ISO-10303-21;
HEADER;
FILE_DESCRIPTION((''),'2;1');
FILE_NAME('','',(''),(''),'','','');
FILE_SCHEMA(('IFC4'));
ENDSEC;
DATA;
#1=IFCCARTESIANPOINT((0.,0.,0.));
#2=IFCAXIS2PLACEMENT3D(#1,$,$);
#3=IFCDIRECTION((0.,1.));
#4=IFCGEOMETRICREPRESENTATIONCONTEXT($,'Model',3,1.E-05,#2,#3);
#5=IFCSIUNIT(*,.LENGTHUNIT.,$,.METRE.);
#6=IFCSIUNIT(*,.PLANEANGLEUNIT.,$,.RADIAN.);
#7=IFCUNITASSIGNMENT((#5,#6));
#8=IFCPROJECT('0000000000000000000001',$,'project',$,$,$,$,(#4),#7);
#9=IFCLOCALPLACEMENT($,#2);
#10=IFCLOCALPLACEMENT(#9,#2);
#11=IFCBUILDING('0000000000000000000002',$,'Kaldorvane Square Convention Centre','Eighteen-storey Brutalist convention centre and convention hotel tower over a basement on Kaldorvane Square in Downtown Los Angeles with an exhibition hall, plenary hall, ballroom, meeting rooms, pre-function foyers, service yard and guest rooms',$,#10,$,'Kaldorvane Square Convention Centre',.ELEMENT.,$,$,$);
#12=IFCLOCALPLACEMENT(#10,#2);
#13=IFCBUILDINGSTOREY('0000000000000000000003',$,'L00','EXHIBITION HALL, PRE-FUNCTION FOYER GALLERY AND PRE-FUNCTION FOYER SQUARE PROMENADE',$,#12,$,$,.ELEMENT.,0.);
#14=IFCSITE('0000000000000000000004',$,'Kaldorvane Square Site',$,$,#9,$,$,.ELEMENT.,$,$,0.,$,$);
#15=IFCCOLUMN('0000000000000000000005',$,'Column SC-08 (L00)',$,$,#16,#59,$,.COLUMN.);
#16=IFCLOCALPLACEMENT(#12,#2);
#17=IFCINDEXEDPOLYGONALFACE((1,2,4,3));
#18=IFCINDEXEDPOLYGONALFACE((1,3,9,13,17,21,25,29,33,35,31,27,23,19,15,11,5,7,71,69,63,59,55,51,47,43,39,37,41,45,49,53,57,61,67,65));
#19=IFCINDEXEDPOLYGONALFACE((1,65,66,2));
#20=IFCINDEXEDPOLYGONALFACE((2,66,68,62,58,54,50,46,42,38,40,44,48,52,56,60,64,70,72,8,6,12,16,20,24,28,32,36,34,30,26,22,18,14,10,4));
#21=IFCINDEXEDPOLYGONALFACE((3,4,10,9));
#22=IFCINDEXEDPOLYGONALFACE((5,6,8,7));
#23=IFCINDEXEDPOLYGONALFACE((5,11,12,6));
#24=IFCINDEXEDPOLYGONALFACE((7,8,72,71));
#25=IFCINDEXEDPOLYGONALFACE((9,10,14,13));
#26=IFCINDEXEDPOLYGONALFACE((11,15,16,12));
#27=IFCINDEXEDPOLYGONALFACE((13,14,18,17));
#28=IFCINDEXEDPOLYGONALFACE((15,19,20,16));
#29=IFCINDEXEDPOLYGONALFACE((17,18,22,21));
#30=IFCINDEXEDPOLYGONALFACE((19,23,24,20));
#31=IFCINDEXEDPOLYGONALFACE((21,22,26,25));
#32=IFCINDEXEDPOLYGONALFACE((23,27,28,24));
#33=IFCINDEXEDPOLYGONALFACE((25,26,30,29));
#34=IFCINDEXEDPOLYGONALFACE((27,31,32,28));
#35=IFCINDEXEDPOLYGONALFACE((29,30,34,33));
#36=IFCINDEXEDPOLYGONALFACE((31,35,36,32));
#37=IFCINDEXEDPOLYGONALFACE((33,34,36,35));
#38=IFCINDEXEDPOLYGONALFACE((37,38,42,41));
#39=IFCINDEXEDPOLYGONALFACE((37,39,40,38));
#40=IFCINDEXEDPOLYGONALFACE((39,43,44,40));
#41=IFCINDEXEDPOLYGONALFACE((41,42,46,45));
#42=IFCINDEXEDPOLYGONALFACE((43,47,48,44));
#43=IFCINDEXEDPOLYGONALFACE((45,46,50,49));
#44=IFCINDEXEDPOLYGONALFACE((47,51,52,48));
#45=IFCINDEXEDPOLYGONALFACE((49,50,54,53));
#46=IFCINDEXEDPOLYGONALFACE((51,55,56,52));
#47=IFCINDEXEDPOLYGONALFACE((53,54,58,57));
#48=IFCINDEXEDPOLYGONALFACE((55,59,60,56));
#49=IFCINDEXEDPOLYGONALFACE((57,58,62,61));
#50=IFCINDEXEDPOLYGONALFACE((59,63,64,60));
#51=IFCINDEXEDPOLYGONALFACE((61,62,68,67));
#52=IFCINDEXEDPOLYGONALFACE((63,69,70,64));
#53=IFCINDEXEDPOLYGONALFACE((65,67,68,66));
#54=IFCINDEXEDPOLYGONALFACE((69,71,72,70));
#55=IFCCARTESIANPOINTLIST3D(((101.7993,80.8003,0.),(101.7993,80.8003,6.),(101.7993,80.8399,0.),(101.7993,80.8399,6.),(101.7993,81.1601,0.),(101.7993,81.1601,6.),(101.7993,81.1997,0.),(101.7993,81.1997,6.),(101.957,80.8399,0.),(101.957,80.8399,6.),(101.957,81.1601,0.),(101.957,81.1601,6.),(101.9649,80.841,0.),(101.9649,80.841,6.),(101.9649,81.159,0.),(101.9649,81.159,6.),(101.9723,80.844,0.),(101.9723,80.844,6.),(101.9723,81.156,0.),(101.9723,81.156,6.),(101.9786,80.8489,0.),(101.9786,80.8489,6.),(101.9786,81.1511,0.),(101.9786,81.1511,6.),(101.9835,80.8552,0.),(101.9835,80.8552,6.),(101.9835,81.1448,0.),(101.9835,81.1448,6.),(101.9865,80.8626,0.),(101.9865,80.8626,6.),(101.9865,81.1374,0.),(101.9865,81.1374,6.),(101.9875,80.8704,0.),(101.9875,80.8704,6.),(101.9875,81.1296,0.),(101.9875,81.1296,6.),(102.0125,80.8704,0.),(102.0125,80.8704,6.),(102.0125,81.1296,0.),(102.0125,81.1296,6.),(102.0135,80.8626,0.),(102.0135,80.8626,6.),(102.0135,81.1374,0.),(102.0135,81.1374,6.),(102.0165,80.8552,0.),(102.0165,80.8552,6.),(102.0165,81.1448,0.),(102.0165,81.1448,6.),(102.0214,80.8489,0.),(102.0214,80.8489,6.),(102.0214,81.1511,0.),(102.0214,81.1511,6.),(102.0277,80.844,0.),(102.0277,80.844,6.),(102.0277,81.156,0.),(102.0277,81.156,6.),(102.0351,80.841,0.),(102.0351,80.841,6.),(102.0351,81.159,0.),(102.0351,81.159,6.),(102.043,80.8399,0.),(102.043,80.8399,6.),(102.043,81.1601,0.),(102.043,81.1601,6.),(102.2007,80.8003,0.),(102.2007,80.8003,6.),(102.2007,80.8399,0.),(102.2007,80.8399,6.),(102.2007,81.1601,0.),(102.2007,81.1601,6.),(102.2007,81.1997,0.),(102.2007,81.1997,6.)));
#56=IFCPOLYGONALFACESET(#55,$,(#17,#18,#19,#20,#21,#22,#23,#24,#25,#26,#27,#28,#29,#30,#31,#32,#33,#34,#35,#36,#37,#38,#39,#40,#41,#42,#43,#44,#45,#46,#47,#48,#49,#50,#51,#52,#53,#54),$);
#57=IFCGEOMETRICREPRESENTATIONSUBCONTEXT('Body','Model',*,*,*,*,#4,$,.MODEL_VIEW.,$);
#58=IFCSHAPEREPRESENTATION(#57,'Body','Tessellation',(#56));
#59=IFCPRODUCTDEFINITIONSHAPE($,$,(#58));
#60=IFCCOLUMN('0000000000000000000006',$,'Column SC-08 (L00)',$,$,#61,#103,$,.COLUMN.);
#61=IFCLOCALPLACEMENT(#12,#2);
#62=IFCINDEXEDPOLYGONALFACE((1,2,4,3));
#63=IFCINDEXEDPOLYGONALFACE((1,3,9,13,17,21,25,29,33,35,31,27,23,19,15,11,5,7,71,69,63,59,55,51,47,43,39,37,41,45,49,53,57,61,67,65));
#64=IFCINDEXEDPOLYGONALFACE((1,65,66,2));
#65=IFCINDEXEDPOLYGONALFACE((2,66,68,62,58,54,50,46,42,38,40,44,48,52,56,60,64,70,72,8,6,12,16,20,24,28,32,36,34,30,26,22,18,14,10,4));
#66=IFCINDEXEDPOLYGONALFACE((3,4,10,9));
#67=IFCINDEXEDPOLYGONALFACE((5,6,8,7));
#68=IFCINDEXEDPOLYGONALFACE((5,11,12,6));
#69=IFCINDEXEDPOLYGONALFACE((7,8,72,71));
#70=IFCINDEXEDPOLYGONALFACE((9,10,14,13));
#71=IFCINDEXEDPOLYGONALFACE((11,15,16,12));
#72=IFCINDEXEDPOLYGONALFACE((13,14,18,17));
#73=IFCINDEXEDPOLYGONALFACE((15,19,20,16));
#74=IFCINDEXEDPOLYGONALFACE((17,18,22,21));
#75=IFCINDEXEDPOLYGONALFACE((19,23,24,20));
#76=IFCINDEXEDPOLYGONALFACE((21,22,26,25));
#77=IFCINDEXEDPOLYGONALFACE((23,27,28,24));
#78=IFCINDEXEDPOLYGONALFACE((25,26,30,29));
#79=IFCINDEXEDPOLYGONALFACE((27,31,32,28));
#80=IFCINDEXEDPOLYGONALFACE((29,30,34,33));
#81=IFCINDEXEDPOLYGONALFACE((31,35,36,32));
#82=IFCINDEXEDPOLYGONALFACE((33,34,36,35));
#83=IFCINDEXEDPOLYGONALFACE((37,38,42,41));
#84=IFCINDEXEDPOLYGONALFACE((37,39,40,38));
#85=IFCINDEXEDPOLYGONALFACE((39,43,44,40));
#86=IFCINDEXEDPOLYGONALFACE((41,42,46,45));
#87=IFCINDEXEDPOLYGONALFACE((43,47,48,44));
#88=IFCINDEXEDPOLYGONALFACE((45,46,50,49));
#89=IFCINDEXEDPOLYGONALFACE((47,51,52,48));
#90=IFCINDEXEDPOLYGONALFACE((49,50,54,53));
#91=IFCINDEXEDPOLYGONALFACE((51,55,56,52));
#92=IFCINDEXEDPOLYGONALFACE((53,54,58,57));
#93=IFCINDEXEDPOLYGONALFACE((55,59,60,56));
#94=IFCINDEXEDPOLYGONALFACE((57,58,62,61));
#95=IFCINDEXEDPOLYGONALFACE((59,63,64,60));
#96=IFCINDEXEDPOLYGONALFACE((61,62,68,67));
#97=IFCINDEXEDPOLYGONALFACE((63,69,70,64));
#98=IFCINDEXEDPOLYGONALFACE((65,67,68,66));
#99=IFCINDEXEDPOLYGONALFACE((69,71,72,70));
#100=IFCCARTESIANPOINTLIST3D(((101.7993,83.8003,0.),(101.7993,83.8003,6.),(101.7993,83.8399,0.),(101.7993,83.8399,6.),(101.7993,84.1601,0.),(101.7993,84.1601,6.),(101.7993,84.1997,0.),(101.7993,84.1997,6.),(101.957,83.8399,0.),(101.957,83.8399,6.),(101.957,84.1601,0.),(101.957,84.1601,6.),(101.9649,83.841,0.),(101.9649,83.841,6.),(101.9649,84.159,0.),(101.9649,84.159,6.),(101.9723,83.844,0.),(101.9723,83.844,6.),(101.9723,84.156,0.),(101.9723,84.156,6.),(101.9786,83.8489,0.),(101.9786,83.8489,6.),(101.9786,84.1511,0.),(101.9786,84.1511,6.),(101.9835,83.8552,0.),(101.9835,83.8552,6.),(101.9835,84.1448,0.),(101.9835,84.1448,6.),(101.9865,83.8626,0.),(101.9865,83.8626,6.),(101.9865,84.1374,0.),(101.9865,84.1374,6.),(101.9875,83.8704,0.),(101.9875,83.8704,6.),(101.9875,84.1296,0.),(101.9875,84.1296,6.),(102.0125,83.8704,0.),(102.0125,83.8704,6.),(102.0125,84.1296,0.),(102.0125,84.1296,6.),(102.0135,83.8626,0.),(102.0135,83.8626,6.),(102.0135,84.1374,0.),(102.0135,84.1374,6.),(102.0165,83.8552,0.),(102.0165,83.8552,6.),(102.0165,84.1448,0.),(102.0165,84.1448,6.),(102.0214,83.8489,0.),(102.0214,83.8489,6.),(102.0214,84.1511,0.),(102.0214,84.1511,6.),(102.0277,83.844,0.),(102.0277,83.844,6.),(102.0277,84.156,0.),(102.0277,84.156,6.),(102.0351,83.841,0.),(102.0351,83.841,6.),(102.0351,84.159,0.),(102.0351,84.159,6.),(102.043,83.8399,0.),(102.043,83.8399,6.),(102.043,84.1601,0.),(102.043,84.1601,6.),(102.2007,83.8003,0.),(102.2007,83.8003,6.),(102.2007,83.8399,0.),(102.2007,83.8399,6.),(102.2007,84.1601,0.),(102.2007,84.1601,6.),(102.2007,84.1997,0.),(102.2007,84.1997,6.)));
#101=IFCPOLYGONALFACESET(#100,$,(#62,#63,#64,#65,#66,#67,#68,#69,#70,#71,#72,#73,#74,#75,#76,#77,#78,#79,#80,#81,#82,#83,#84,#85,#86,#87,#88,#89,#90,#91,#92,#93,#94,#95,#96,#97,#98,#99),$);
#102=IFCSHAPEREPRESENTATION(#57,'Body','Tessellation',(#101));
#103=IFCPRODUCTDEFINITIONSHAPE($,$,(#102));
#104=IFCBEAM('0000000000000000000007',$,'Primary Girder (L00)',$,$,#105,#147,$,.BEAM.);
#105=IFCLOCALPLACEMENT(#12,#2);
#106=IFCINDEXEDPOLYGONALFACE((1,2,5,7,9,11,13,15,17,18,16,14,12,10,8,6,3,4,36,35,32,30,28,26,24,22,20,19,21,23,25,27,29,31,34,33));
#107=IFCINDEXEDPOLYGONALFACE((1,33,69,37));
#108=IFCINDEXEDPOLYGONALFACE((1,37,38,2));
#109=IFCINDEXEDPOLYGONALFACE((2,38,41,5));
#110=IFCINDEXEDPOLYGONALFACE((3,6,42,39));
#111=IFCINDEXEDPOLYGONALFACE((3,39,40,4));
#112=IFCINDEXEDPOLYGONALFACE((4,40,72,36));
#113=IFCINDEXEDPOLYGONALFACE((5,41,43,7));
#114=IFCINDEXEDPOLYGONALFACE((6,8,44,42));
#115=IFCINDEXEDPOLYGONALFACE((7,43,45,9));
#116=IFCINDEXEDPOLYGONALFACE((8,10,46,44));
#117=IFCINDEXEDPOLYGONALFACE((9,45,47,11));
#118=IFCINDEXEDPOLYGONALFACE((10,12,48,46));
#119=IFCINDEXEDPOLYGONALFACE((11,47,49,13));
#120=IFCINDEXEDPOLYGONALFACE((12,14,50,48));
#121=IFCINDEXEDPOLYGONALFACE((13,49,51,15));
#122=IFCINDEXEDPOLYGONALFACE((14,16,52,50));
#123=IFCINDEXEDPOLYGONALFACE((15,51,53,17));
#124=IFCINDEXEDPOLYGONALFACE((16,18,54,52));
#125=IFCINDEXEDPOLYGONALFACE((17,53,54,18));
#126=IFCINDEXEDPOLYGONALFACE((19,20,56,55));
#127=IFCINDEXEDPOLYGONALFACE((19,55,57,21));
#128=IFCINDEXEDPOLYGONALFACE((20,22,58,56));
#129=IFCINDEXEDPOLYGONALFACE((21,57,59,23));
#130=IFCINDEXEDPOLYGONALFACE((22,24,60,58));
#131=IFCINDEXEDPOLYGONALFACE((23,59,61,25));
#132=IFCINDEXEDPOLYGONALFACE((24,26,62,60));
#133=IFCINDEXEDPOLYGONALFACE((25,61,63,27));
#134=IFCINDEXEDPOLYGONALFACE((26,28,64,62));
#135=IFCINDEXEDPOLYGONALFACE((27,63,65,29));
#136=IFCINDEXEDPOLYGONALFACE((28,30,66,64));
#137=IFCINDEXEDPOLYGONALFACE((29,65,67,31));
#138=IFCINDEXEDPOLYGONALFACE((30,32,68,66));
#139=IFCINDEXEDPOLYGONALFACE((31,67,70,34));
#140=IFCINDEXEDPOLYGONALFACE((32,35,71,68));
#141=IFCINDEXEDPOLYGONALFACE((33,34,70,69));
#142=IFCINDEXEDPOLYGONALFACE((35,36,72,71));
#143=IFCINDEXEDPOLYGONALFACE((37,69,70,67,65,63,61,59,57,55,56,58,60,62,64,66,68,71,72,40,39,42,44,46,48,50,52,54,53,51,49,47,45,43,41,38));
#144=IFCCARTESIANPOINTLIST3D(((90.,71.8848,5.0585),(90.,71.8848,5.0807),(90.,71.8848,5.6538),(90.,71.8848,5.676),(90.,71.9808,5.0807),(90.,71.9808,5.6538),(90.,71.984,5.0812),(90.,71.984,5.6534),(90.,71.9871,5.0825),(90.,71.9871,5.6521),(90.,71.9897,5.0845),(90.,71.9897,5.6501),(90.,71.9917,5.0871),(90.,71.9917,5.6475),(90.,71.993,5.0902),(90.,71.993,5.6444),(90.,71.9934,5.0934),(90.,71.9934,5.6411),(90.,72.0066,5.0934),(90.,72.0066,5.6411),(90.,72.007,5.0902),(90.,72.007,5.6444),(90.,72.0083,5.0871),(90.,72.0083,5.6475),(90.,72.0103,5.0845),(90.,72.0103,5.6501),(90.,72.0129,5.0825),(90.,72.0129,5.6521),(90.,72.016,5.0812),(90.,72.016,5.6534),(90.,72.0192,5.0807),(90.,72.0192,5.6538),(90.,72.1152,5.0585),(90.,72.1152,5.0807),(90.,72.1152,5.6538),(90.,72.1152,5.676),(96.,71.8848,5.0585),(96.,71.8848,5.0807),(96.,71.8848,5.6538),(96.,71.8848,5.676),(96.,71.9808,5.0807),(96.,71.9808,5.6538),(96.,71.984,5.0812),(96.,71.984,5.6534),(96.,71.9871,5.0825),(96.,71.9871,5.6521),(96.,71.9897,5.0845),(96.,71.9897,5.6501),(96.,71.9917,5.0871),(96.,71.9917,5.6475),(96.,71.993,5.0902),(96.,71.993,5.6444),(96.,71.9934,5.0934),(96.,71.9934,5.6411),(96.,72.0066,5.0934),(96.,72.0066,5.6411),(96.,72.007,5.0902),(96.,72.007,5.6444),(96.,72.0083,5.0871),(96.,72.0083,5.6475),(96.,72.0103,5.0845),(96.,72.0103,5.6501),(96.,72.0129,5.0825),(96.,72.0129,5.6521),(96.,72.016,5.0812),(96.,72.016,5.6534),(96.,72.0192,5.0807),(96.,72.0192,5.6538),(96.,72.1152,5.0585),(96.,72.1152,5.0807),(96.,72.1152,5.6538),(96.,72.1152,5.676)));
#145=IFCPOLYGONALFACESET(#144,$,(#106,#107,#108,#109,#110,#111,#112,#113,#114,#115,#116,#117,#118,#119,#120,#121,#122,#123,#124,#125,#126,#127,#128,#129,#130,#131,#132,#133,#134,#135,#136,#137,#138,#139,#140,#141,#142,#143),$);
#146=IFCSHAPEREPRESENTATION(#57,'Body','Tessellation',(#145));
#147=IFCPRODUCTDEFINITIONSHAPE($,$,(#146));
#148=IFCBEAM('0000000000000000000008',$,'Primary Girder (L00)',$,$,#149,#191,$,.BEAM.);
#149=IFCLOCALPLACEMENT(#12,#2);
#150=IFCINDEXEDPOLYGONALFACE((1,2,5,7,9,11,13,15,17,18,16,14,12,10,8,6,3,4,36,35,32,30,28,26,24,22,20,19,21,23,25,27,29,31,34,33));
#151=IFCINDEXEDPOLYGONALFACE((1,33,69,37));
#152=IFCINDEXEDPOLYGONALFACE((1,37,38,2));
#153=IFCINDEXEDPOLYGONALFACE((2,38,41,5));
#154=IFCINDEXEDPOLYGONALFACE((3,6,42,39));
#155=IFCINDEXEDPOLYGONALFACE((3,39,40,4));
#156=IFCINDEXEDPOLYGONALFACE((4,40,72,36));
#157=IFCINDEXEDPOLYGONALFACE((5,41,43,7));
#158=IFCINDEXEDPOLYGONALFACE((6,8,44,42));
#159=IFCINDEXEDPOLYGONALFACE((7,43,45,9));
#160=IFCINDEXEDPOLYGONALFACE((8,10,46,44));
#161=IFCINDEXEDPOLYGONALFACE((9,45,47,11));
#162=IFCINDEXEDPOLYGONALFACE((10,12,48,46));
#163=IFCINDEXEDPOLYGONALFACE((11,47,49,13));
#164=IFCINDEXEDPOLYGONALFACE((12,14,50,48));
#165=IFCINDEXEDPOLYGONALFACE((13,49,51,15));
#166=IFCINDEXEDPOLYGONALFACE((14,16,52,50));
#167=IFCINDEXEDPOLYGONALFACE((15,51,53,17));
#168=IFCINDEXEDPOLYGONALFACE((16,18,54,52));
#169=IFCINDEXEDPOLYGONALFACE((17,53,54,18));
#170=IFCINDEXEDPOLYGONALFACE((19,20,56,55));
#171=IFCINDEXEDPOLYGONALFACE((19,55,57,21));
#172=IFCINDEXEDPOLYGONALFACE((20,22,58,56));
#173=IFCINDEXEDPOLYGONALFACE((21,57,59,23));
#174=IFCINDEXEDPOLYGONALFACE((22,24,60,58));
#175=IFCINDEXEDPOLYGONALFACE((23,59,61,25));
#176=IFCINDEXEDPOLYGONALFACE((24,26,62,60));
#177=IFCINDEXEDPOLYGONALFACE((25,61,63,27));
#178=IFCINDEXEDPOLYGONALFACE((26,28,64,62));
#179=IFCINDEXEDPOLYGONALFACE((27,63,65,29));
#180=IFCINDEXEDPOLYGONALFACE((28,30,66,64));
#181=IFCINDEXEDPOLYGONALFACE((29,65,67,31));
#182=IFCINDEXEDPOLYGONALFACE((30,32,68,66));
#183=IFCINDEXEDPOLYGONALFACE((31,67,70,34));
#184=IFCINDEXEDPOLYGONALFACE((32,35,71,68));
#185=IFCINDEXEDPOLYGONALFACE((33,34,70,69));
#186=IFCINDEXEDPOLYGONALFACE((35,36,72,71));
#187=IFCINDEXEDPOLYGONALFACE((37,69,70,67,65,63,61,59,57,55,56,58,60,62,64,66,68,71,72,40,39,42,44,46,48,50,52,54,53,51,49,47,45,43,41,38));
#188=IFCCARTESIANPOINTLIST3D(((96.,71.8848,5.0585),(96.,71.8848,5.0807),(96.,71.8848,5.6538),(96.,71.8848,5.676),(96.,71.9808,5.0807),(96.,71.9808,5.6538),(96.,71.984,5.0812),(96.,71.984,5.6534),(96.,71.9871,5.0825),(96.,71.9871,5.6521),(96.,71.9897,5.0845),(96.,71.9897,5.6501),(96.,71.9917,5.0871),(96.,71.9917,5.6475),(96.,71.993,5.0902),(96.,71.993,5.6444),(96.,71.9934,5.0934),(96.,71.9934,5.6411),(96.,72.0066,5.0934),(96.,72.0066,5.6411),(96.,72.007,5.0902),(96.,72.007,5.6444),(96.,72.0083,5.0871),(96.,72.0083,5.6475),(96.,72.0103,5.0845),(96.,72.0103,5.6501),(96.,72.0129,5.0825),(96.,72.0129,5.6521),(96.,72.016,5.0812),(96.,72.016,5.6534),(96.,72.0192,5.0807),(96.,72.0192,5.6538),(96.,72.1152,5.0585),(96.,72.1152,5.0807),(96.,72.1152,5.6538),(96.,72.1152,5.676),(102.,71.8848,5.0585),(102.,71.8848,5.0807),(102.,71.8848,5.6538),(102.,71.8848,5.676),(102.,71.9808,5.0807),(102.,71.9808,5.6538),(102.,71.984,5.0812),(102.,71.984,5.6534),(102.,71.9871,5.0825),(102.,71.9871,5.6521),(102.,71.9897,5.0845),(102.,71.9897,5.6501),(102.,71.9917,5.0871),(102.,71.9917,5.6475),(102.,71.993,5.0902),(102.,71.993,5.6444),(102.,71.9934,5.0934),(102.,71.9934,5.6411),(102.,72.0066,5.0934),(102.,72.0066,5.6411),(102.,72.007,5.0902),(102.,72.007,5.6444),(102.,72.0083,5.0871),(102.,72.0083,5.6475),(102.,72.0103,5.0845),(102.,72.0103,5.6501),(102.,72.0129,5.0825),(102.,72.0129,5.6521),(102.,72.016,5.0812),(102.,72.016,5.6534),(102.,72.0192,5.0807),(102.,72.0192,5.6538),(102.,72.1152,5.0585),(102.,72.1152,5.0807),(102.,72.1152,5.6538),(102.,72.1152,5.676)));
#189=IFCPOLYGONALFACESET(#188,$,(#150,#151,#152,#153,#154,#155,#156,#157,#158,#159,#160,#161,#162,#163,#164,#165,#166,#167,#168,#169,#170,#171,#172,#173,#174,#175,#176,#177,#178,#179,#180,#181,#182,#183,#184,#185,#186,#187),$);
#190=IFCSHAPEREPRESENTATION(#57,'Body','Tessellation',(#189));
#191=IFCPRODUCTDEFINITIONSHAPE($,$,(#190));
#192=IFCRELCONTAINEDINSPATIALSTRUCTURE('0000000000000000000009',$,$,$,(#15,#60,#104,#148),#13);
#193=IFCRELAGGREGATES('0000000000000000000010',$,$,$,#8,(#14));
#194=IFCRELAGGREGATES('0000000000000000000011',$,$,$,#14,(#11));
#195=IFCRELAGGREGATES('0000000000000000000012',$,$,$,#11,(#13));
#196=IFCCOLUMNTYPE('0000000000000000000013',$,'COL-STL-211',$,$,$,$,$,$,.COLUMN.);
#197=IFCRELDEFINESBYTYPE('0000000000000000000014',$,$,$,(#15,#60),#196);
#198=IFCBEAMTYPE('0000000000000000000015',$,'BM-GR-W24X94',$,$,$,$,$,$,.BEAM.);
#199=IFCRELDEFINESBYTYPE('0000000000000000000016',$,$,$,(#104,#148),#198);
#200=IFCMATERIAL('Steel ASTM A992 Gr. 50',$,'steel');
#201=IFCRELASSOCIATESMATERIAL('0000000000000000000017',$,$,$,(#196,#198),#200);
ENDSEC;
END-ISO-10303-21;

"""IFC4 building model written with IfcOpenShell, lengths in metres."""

from ifc_helpers import new_model, si_unit, direction, frame, origin, origin_2d, place, context, subcontext, project, spatial, i_section, extrude, material, material_profile, profile_set, type_object, element, save


model = new_model("IFC4")

# Units and contexts
model_context = context("Model", 3, precision=1e-05, world=origin(), true_north=direction((0.0, 1.0)))
body_context = subcontext(model_context, "Body", "Model", "MODEL_VIEW")
ifc_project = project(units=[si_unit("LENGTHUNIT", "METRE"), si_unit("PLANEANGLEUNIT", "RADIAN")], contexts=[model_context])

# Site, building, storey
site_placement = place(None, origin())
site = spatial("IfcSite", under=ifc_project, at=site_placement, Name="Kaldorvane Square Site", CompositionType="ELEMENT", RefElevation=0.0)
building_placement = place(site_placement, origin())
building = spatial("IfcBuilding", under=site, at=building_placement, Name="Kaldorvane Square Convention Centre", Description="Eighteen-storey Brutalist convention centre and convention hotel tower over a basement on Kaldorvane Square in Downtown Los Angeles with an exhibition hall, plenary hall, ballroom, meeting rooms, pre-function foyers, service yard and guest rooms", LongName="Kaldorvane Square Convention Centre", CompositionType="ELEMENT")
storey_placement = place(building_placement, origin())
storey = spatial("IfcBuildingStorey", under=building, at=storey_placement, Name="L00", Description="EXHIBITION HALL, PRE-FUNCTION FOYER GALLERY AND PRE-FUNCTION FOYER SQUARE PROMENADE", CompositionType="ELEMENT", Elevation=0.0)

# Columns
ifc_material_1 = material(Name="Steel ASTM A992 Gr. 50", Category="steel")
ifc_material_profile_1 = material_profile(ifc_material_1, i_section(OverallWidth=0.4013, OverallDepth=0.3993, WebThickness=0.0249, FlangeThickness=0.0396, FilletRadius=0.0305, at=origin_2d()), Name="W14X211")
ifc_profile_set_1 = profile_set([ifc_material_profile_1], Name="Steel ASTM A992 Gr. 50")
column_type_1 = type_object("IfcColumnType", Name="COL-STL-211", PredefinedType="COLUMN", material=ifc_profile_set_1)
for number, where, z_axis, x_axis, name in (
    (1, (102.0, 81.0, 0.0), (0.0, 0.0, 1.0), (1.0, 0.0, 0.0), "Column SC-08 (L00)"),
    (2, (102.0, 84.0, 0.0), (0.0, 0.0, 1.0), (1.0, 0.0, 0.0), "Column SC-08 (L00)"),
):
    element("IfcColumn", number, at=place(storey_placement, frame(where, z_axis=z_axis, x_axis=x_axis)), inside=storey, type_object=column_type_1, Name=name, PredefinedType="COLUMN", context=body_context, shape_type="SweptSolid", body=[
        extrude(i_section(OverallWidth=0.4013, OverallDepth=0.3993, WebThickness=0.0249, FlangeThickness=0.0396, FilletRadius=0.0305, at=origin_2d()), origin(), (0.0, 0.0, 1.0), 6.0),
    ])

# Beams
ifc_material_profile_2 = material_profile(ifc_material_1, i_section(OverallWidth=0.2303, OverallDepth=0.6175, WebThickness=0.0131, FlangeThickness=0.0222, FilletRadius=0.0127, at=origin_2d()), Name="W24X94")
ifc_profile_set_2 = profile_set([ifc_material_profile_2], Name="Steel ASTM A992 Gr. 50")
beam_type_1 = type_object("IfcBeamType", Name="BM-GR-W24X94", PredefinedType="BEAM", material=ifc_profile_set_2)
for number, where, z_axis, x_axis, name in (
    (3, (90.0, 72.0, 5.3673), (1.0, 0.0, 0.0), (0.0, 1.0, 0.0), "Primary Girder (L00)"),
    (4, (96.0, 72.0, 5.3673), (1.0, 0.0, 0.0), (0.0, 1.0, 0.0), "Primary Girder (L00)"),
):
    element("IfcBeam", number, at=place(storey_placement, frame(where, z_axis=z_axis, x_axis=x_axis)), inside=storey, type_object=beam_type_1, Name=name, PredefinedType="BEAM", context=body_context, shape_type="SweptSolid", body=[
        extrude(i_section(OverallWidth=0.2303, OverallDepth=0.6175, WebThickness=0.0131, FlangeThickness=0.0222, FilletRadius=0.0127, at=origin_2d()), origin(), (0.0, 0.0, 1.0), 6.0),
    ])

save(model, "model.ifc")
